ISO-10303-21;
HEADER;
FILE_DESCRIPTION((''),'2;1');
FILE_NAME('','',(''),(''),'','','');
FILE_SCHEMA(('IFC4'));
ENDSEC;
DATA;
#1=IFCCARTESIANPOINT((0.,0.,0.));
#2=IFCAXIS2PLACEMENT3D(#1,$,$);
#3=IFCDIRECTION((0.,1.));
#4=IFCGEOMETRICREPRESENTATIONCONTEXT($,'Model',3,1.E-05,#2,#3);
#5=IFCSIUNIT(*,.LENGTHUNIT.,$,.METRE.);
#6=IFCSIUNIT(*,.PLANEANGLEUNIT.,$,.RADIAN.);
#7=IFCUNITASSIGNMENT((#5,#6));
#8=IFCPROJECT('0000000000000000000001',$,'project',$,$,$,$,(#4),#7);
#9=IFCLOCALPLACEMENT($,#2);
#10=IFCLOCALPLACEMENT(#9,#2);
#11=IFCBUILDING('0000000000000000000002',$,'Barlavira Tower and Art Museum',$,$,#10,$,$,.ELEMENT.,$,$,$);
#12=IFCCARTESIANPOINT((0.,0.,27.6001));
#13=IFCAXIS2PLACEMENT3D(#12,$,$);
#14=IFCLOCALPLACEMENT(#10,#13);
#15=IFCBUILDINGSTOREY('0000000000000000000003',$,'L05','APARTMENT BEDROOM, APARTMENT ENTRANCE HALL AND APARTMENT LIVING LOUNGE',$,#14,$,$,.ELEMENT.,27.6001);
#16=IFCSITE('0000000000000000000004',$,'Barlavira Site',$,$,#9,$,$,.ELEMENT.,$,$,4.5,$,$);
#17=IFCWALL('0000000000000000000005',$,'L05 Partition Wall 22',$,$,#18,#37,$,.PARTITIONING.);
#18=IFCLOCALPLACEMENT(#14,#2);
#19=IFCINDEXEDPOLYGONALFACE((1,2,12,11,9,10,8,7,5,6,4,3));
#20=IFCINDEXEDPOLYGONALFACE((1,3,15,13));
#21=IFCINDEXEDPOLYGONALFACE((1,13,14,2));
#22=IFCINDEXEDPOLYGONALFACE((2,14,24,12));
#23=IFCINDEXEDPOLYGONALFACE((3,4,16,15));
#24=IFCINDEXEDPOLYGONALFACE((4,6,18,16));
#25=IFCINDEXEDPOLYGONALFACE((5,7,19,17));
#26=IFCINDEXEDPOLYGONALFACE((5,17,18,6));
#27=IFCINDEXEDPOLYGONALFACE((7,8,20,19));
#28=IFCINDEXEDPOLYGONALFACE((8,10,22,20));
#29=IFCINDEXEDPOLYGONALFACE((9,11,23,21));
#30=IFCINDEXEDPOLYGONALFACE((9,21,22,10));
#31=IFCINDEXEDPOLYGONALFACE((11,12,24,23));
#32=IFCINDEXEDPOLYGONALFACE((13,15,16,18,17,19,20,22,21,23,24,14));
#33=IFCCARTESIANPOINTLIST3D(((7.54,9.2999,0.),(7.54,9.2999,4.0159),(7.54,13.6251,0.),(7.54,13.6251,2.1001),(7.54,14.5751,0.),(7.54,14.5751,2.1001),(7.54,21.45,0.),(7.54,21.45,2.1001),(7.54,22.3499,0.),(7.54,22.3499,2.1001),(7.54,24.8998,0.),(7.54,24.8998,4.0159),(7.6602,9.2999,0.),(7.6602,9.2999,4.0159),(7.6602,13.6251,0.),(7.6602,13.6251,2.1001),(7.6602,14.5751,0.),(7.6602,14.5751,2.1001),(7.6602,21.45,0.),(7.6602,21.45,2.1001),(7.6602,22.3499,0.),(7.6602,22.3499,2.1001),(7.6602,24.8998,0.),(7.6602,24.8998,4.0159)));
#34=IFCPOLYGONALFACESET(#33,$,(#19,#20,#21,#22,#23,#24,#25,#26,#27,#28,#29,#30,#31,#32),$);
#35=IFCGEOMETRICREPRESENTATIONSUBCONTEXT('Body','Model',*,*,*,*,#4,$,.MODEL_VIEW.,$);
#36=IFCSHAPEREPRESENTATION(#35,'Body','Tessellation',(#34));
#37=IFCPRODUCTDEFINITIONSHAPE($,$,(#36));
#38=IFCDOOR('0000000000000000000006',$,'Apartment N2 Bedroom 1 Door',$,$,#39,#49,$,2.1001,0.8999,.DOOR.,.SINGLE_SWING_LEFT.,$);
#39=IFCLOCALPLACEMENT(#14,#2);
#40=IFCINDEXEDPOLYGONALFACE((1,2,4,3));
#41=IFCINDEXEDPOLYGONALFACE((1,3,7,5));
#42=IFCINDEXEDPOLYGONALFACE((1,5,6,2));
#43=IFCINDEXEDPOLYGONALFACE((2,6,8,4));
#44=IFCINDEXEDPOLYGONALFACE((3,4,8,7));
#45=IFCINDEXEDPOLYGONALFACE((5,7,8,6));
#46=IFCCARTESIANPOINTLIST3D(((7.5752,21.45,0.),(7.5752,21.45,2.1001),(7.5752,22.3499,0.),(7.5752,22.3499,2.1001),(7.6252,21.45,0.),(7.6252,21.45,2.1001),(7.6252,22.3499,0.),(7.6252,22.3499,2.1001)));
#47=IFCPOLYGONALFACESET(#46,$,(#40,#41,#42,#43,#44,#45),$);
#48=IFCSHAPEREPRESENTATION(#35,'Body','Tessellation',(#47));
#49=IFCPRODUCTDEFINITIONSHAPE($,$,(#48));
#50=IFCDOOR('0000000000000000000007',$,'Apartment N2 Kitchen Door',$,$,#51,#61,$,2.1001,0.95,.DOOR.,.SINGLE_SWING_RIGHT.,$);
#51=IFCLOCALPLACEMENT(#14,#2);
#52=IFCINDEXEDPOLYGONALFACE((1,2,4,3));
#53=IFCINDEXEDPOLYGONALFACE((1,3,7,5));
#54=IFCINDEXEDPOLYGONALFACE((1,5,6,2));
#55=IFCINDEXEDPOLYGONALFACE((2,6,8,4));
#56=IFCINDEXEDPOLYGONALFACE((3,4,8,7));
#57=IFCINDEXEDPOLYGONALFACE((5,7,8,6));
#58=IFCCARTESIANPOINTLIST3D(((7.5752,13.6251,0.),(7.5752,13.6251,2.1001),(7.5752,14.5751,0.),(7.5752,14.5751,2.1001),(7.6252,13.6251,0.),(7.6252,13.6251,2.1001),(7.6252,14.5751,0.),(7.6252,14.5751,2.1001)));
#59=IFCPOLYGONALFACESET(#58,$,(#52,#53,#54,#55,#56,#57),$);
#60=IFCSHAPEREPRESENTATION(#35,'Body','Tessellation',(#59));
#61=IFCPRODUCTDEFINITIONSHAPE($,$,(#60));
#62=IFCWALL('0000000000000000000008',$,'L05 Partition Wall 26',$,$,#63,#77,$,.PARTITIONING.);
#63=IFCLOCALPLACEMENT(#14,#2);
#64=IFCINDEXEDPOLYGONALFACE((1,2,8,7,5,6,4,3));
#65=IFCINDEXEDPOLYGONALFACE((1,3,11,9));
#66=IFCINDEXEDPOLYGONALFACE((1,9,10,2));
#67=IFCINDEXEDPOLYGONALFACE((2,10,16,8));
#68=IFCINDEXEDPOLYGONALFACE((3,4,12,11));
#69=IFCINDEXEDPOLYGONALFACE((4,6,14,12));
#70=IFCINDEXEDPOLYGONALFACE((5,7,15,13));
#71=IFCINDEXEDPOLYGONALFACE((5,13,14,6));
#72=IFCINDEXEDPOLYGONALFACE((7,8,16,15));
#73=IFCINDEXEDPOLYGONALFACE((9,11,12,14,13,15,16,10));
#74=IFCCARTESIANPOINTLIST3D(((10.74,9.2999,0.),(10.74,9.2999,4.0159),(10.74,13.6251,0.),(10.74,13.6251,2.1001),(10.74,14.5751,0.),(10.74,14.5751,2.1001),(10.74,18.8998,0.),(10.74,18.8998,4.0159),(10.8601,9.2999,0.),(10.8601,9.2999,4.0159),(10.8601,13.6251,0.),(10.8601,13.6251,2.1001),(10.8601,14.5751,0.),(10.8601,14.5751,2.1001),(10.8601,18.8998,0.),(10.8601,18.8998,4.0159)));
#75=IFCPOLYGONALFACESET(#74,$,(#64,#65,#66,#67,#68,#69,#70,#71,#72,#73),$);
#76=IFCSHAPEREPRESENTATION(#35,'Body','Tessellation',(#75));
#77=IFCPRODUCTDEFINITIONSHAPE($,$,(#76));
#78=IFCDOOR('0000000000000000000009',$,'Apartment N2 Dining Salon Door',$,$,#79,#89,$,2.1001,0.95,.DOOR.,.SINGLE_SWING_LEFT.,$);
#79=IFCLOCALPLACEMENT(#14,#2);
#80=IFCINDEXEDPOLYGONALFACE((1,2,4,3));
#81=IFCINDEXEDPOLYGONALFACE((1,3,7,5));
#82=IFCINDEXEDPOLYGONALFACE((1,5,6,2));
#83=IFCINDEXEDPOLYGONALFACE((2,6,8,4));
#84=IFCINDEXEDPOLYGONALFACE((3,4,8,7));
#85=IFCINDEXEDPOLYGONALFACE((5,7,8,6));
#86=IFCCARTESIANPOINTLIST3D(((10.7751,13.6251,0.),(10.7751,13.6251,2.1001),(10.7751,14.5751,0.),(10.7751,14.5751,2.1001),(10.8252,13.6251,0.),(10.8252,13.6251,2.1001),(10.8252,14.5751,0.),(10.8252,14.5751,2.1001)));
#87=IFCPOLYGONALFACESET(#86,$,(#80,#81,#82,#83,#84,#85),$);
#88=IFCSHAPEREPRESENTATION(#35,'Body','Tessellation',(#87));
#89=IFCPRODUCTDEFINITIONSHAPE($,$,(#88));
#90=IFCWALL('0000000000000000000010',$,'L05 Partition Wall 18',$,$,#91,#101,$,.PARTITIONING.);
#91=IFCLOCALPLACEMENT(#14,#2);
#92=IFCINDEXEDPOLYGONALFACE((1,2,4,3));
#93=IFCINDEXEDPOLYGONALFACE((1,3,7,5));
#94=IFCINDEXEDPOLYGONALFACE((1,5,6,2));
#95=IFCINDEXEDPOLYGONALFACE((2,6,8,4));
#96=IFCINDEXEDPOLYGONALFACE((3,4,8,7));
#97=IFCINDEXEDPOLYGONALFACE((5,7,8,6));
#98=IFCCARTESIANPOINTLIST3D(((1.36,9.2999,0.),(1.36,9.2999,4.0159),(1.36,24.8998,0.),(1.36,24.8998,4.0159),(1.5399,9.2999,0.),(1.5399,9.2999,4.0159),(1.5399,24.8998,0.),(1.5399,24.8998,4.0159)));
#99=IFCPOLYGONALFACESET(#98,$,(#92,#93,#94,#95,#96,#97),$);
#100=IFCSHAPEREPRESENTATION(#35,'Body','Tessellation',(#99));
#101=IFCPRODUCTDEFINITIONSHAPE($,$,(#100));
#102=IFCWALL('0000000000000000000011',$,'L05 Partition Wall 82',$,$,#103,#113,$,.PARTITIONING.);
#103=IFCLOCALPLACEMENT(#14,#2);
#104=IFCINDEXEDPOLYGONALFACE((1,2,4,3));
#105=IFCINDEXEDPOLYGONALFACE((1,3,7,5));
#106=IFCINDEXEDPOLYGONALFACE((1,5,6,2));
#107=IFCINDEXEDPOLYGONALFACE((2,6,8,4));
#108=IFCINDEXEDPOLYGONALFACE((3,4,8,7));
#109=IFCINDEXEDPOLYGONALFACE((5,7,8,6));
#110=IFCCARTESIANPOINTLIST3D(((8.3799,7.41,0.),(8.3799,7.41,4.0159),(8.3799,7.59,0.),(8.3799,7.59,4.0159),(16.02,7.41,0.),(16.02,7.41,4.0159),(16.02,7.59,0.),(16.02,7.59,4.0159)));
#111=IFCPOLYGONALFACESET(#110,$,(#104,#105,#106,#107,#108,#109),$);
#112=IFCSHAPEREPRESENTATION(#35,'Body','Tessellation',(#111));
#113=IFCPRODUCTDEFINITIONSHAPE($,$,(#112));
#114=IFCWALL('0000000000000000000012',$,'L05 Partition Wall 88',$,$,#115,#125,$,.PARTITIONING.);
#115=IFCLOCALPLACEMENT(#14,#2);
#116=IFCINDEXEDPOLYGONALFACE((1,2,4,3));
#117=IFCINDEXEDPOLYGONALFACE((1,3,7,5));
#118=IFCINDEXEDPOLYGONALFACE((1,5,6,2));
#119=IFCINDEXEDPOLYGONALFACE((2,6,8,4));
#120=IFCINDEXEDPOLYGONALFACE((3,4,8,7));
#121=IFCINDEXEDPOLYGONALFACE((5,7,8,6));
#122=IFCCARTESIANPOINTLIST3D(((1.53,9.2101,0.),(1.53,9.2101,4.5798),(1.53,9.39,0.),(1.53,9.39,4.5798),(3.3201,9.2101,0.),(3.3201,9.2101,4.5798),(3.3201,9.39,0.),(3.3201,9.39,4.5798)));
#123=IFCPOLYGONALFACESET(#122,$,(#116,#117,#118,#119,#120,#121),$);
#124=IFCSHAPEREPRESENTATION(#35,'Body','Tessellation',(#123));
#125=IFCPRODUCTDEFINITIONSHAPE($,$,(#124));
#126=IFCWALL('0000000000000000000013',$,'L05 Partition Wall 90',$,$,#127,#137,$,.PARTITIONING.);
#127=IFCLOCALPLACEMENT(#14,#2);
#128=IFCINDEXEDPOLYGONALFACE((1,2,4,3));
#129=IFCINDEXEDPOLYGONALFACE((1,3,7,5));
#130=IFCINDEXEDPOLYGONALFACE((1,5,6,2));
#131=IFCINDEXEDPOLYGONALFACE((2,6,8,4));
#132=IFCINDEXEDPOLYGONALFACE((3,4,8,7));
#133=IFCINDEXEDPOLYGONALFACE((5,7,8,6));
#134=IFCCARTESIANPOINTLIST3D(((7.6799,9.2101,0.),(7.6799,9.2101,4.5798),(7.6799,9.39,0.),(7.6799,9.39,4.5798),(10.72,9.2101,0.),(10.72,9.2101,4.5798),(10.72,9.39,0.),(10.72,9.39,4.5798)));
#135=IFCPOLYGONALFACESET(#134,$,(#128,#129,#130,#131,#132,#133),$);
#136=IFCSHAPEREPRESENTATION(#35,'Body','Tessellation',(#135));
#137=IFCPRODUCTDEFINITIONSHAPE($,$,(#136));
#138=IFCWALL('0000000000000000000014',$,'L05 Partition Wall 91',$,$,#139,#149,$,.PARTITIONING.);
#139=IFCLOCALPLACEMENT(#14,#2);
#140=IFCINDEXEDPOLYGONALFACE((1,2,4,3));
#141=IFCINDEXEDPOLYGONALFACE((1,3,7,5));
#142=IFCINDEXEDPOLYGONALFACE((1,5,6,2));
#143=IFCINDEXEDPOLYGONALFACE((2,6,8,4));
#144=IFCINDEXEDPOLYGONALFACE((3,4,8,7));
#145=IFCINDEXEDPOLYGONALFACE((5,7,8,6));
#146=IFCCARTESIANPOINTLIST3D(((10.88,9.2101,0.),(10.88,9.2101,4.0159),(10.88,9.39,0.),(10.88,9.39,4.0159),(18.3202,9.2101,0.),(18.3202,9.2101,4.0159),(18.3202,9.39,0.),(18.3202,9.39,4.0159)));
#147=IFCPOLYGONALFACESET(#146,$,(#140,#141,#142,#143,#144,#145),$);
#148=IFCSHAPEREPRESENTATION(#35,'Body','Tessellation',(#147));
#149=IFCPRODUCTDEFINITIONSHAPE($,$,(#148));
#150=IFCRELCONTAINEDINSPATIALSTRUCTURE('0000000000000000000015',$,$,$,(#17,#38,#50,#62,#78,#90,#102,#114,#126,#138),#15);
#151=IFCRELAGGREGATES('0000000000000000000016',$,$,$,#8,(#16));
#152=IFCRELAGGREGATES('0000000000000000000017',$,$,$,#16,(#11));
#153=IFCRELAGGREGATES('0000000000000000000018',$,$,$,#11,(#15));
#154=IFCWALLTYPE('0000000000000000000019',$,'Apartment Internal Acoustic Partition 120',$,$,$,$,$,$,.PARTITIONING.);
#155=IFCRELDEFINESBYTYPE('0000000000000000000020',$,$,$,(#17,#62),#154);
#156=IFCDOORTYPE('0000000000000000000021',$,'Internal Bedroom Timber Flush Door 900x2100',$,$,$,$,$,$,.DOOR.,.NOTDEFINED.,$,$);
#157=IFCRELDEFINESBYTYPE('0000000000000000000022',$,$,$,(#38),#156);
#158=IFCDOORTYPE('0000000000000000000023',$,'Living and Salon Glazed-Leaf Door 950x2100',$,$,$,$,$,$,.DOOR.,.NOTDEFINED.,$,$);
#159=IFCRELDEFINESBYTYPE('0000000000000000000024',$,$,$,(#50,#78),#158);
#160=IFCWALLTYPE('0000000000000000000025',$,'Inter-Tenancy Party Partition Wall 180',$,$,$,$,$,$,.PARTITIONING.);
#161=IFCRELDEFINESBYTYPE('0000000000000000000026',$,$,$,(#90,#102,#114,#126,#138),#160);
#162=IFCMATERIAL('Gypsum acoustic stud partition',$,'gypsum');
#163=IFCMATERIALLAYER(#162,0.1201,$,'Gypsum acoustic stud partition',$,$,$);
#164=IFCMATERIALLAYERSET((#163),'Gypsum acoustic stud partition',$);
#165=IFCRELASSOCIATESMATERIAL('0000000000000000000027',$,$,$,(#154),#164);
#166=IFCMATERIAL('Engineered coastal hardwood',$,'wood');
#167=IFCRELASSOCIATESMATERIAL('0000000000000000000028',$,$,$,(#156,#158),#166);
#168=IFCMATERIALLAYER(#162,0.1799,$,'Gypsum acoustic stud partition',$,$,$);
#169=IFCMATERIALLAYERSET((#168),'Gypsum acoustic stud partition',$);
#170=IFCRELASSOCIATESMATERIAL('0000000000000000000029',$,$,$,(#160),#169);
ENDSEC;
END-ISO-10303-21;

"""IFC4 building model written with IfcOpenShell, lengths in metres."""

from ifc_helpers import new_model, si_unit, direction, frame, frame_2d, origin, place, context, subcontext, project, spatial, rectangle, extrude, material, layer, layer_set, type_object, element, fill, save


model = new_model("IFC4")

# Units and contexts
model_context = context("Model", 3, precision=1e-05, world=origin(), true_north=direction((0.0, 1.0)))
body_context = subcontext(model_context, "Body", "Model", "MODEL_VIEW")
ifc_project = project(units=[si_unit("LENGTHUNIT", "METRE"), si_unit("PLANEANGLEUNIT", "RADIAN")], contexts=[model_context])

# Site, building, storey
site_placement = place(None, origin())
site = spatial("IfcSite", under=ifc_project, at=site_placement, Name="Barlavira Site", CompositionType="ELEMENT", RefElevation=4.5)
building_placement = place(site_placement, origin())
building = spatial("IfcBuilding", under=site, at=building_placement, Name="Barlavira Tower and Art Museum", CompositionType="ELEMENT")
storey_placement = place(building_placement, frame((0.0, 0.0, 27.6001)))
storey = spatial("IfcBuildingStorey", under=building, at=storey_placement, Name="L05", Description="APARTMENT BEDROOM, APARTMENT ENTRANCE HALL AND APARTMENT LIVING LOUNGE", CompositionType="ELEMENT", Elevation=27.6001)

# Wall, openings, doors
ifc_material_1 = material(Name="Gypsum acoustic stud partition", Category="gypsum")
ifc_layer_1 = layer(ifc_material_1, 0.1201, Name="Gypsum acoustic stud partition")
ifc_layer_set_1 = layer_set([ifc_layer_1], Name="Gypsum acoustic stud partition")
wall_type_1 = type_object("IfcWallType", Name="Apartment Internal Acoustic Partition 120", PredefinedType="PARTITIONING", material=ifc_layer_set_1)
wall_1_placement = place(storey_placement, frame((7.6001, 9.3, 0.0), z_axis=(0.0, 0.0, 1.0), x_axis=(0.0, 1.0, 0.0)))
wall_1 = element("IfcWall", 1, at=wall_1_placement, inside=storey, type_object=wall_type_1, Name="L05 Partition Wall 22", PredefinedType="PARTITIONING", context=body_context, shape_type="SweptSolid", body=[
    extrude(rectangle(XDim=15.5999, YDim=0.1201, at=frame_2d((7.7998, 0.0))), origin(), (0.0, 0.0, 1.0), 4.0159),
])
opening_1_placement = place(wall_1_placement, frame((4.325, 0.0, 0.0)))
opening_1 = element("IfcOpeningElement", 2, at=opening_1_placement, cuts=wall_1, PredefinedType="OPENING", context=body_context, shape_type="SweptSolid", body=[
    extrude(rectangle(XDim=0.95, YDim=2.1001, at=frame_2d((0.4751, 1.05))), frame((0.0, 0.0701, 0.0), z_axis=(0.0, -1.0, 0.0), x_axis=(1.0, 0.0, 0.0)), (0.0, 0.0, 1.0), 0.1401),
])
opening_2_placement = place(wall_1_placement, frame((12.1499, 0.0, 0.0)))
opening_2 = element("IfcOpeningElement", 3, at=opening_2_placement, cuts=wall_1, PredefinedType="OPENING", context=body_context, shape_type="SweptSolid", body=[
    extrude(rectangle(XDim=0.8999, YDim=2.1001, at=frame_2d((0.45, 1.05))), frame((0.0, 0.0701, 0.0), z_axis=(0.0, -1.0, 0.0), x_axis=(1.0, 0.0, 0.0)), (0.0, 0.0, 1.0), 0.1401),
])
ifc_material_2 = material(Name="Engineered coastal hardwood", Category="wood")
door_type_1 = type_object("IfcDoorType", Name="Internal Bedroom Timber Flush Door 900x2100", OperationType="NOTDEFINED", PredefinedType="DOOR", material=ifc_material_2)
door_1_placement = place(opening_2_placement, origin())
door_1 = element("IfcDoor", 4, at=door_1_placement, inside=storey, type_object=door_type_1, Name="Apartment N2 Bedroom 1 Door", OperationType="SINGLE_SWING_LEFT", OverallHeight=2.1001, OverallWidth=0.8999, PredefinedType="DOOR", context=body_context, shape_type="SweptSolid", body=[
    extrude(rectangle(XDim=0.8999, YDim=2.1001, at=frame_2d((0.45, 1.05))), frame((0.0, 0.0249, 0.0), z_axis=(0.0, -1.0, 0.0), x_axis=(1.0, 0.0, 0.0)), (0.0, 0.0, 1.0), 0.05),
])
fill(opening_2, door_1)
door_type_2 = type_object("IfcDoorType", Name="Living and Salon Glazed-Leaf Door 950x2100", OperationType="NOTDEFINED", PredefinedType="DOOR", material=ifc_material_2)
door_2_placement = place(opening_1_placement, origin())
door_2 = element("IfcDoor", 5, at=door_2_placement, inside=storey, type_object=door_type_2, Name="Apartment N2 Kitchen Door", OperationType="SINGLE_SWING_RIGHT", OverallHeight=2.1001, OverallWidth=0.95, PredefinedType="DOOR", context=body_context, shape_type="SweptSolid", body=[
    extrude(rectangle(XDim=0.95, YDim=2.1001, at=frame_2d((0.4751, 1.05))), frame((0.0, 0.0249, 0.0), z_axis=(0.0, -1.0, 0.0), x_axis=(1.0, 0.0, 0.0)), (0.0, 0.0, 1.0), 0.05),
])
fill(opening_1, door_2)

# Wall, opening, door
wall_2_placement = place(storey_placement, frame((10.8, 9.3, 0.0), z_axis=(0.0, 0.0, 1.0), x_axis=(0.0, 1.0, 0.0)))
wall_2 = element("IfcWall", 6, at=wall_2_placement, inside=storey, type_object=wall_type_1, Name="L05 Partition Wall 26", PredefinedType="PARTITIONING", context=body_context, shape_type="SweptSolid", body=[
    extrude(rectangle(XDim=9.5999, YDim=0.1201, at=frame_2d((4.7998, 0.0))), origin(), (0.0, 0.0, 1.0), 4.0159),
])
opening_3_placement = place(wall_2_placement, frame((4.325, 0.0, 0.0)))
opening_3 = element("IfcOpeningElement", 7, at=opening_3_placement, cuts=wall_2, PredefinedType="OPENING", context=body_context, shape_type="SweptSolid", body=[
    extrude(rectangle(XDim=0.95, YDim=2.1001, at=frame_2d((0.4751, 1.05))), frame((0.0, 0.0701, 0.0), z_axis=(0.0, -1.0, 0.0), x_axis=(1.0, 0.0, 0.0)), (0.0, 0.0, 1.0), 0.1401),
])
door_3_placement = place(opening_3_placement, origin())
door_3 = element("IfcDoor", 8, at=door_3_placement, inside=storey, type_object=door_type_2, Name="Apartment N2 Dining Salon Door", OperationType="SINGLE_SWING_LEFT", OverallHeight=2.1001, OverallWidth=0.95, PredefinedType="DOOR", context=body_context, shape_type="SweptSolid", body=[
    extrude(rectangle(XDim=0.95, YDim=2.1001, at=frame_2d((0.4751, 1.05))), frame((0.0, 0.0249, 0.0), z_axis=(0.0, -1.0, 0.0), x_axis=(1.0, 0.0, 0.0)), (0.0, 0.0, 1.0), 0.05),
])
fill(opening_3, door_3)

# Walls
ifc_layer_2 = layer(ifc_material_1, 0.1799, Name="Gypsum acoustic stud partition")
ifc_layer_set_2 = layer_set([ifc_layer_2], Name="Gypsum acoustic stud partition")
wall_type_2 = type_object("IfcWallType", Name="Inter-Tenancy Party Partition Wall 180", PredefinedType="PARTITIONING", material=ifc_layer_set_2)
wall_3_placement = place(storey_placement, frame((1.45, 9.3, 0.0), z_axis=(0.0, 0.0, 1.0), x_axis=(0.0, 1.0, 0.0)))
element("IfcWall", 9, at=wall_3_placement, inside=storey, type_object=wall_type_2, Name="L05 Partition Wall 18", PredefinedType="PARTITIONING", context=body_context, shape_type="SweptSolid", body=[
    extrude(rectangle(XDim=15.5999, YDim=0.1799, at=frame_2d((7.7998, 0.0))), origin(), (0.0, 0.0, 1.0), 4.0159),
])
wall_4_placement = place(storey_placement, frame((8.3799, 7.5, 0.0), z_axis=(0.0, 0.0, 1.0), x_axis=(1.0, 0.0, 0.0)))
element("IfcWall", 10, at=wall_4_placement, inside=storey, type_object=wall_type_2, Name="L05 Partition Wall 82", PredefinedType="PARTITIONING", context=body_context, shape_type="SweptSolid", body=[
    extrude(rectangle(XDim=7.6401, YDim=0.1799, at=frame_2d((3.8201, 0.0))), origin(), (0.0, 0.0, 1.0), 4.0159),
])
wall_5_placement = place(storey_placement, frame((1.53, 9.3, 0.0), z_axis=(0.0, 0.0, 1.0), x_axis=(1.0, 0.0, 0.0)))
element("IfcWall", 11, at=wall_5_placement, inside=storey, type_object=wall_type_2, Name="L05 Partition Wall 88", PredefinedType="PARTITIONING", context=body_context, shape_type="SweptSolid", body=[
    extrude(rectangle(XDim=1.79, YDim=0.1799, at=frame_2d((0.895, 0.0))), origin(), (0.0, 0.0, 1.0), 4.5798),
])

# Walls
wall_6_placement = place(storey_placement, frame((7.6799, 9.3, 0.0), z_axis=(0.0, 0.0, 1.0), x_axis=(1.0, 0.0, 0.0)))
element("IfcWall", 12, at=wall_6_placement, inside=storey, type_object=wall_type_2, Name="L05 Partition Wall 90", PredefinedType="PARTITIONING", context=body_context, shape_type="SweptSolid", body=[
    extrude(rectangle(XDim=3.04, YDim=0.1799, at=frame_2d((1.52, 0.0))), origin(), (0.0, 0.0, 1.0), 4.5798),
])
wall_7_placement = place(storey_placement, frame((10.8799, 9.3, 0.0), z_axis=(0.0, 0.0, 1.0), x_axis=(1.0, 0.0, 0.0)))
element("IfcWall", 13, at=wall_7_placement, inside=storey, type_object=wall_type_2, Name="L05 Partition Wall 91", PredefinedType="PARTITIONING", context=body_context, shape_type="SweptSolid", body=[
    extrude(rectangle(XDim=7.4402, YDim=0.1799, at=frame_2d((3.7202, 0.0))), origin(), (0.0, 0.0, 1.0), 4.0159),
])

save(model, "model.ifc")
